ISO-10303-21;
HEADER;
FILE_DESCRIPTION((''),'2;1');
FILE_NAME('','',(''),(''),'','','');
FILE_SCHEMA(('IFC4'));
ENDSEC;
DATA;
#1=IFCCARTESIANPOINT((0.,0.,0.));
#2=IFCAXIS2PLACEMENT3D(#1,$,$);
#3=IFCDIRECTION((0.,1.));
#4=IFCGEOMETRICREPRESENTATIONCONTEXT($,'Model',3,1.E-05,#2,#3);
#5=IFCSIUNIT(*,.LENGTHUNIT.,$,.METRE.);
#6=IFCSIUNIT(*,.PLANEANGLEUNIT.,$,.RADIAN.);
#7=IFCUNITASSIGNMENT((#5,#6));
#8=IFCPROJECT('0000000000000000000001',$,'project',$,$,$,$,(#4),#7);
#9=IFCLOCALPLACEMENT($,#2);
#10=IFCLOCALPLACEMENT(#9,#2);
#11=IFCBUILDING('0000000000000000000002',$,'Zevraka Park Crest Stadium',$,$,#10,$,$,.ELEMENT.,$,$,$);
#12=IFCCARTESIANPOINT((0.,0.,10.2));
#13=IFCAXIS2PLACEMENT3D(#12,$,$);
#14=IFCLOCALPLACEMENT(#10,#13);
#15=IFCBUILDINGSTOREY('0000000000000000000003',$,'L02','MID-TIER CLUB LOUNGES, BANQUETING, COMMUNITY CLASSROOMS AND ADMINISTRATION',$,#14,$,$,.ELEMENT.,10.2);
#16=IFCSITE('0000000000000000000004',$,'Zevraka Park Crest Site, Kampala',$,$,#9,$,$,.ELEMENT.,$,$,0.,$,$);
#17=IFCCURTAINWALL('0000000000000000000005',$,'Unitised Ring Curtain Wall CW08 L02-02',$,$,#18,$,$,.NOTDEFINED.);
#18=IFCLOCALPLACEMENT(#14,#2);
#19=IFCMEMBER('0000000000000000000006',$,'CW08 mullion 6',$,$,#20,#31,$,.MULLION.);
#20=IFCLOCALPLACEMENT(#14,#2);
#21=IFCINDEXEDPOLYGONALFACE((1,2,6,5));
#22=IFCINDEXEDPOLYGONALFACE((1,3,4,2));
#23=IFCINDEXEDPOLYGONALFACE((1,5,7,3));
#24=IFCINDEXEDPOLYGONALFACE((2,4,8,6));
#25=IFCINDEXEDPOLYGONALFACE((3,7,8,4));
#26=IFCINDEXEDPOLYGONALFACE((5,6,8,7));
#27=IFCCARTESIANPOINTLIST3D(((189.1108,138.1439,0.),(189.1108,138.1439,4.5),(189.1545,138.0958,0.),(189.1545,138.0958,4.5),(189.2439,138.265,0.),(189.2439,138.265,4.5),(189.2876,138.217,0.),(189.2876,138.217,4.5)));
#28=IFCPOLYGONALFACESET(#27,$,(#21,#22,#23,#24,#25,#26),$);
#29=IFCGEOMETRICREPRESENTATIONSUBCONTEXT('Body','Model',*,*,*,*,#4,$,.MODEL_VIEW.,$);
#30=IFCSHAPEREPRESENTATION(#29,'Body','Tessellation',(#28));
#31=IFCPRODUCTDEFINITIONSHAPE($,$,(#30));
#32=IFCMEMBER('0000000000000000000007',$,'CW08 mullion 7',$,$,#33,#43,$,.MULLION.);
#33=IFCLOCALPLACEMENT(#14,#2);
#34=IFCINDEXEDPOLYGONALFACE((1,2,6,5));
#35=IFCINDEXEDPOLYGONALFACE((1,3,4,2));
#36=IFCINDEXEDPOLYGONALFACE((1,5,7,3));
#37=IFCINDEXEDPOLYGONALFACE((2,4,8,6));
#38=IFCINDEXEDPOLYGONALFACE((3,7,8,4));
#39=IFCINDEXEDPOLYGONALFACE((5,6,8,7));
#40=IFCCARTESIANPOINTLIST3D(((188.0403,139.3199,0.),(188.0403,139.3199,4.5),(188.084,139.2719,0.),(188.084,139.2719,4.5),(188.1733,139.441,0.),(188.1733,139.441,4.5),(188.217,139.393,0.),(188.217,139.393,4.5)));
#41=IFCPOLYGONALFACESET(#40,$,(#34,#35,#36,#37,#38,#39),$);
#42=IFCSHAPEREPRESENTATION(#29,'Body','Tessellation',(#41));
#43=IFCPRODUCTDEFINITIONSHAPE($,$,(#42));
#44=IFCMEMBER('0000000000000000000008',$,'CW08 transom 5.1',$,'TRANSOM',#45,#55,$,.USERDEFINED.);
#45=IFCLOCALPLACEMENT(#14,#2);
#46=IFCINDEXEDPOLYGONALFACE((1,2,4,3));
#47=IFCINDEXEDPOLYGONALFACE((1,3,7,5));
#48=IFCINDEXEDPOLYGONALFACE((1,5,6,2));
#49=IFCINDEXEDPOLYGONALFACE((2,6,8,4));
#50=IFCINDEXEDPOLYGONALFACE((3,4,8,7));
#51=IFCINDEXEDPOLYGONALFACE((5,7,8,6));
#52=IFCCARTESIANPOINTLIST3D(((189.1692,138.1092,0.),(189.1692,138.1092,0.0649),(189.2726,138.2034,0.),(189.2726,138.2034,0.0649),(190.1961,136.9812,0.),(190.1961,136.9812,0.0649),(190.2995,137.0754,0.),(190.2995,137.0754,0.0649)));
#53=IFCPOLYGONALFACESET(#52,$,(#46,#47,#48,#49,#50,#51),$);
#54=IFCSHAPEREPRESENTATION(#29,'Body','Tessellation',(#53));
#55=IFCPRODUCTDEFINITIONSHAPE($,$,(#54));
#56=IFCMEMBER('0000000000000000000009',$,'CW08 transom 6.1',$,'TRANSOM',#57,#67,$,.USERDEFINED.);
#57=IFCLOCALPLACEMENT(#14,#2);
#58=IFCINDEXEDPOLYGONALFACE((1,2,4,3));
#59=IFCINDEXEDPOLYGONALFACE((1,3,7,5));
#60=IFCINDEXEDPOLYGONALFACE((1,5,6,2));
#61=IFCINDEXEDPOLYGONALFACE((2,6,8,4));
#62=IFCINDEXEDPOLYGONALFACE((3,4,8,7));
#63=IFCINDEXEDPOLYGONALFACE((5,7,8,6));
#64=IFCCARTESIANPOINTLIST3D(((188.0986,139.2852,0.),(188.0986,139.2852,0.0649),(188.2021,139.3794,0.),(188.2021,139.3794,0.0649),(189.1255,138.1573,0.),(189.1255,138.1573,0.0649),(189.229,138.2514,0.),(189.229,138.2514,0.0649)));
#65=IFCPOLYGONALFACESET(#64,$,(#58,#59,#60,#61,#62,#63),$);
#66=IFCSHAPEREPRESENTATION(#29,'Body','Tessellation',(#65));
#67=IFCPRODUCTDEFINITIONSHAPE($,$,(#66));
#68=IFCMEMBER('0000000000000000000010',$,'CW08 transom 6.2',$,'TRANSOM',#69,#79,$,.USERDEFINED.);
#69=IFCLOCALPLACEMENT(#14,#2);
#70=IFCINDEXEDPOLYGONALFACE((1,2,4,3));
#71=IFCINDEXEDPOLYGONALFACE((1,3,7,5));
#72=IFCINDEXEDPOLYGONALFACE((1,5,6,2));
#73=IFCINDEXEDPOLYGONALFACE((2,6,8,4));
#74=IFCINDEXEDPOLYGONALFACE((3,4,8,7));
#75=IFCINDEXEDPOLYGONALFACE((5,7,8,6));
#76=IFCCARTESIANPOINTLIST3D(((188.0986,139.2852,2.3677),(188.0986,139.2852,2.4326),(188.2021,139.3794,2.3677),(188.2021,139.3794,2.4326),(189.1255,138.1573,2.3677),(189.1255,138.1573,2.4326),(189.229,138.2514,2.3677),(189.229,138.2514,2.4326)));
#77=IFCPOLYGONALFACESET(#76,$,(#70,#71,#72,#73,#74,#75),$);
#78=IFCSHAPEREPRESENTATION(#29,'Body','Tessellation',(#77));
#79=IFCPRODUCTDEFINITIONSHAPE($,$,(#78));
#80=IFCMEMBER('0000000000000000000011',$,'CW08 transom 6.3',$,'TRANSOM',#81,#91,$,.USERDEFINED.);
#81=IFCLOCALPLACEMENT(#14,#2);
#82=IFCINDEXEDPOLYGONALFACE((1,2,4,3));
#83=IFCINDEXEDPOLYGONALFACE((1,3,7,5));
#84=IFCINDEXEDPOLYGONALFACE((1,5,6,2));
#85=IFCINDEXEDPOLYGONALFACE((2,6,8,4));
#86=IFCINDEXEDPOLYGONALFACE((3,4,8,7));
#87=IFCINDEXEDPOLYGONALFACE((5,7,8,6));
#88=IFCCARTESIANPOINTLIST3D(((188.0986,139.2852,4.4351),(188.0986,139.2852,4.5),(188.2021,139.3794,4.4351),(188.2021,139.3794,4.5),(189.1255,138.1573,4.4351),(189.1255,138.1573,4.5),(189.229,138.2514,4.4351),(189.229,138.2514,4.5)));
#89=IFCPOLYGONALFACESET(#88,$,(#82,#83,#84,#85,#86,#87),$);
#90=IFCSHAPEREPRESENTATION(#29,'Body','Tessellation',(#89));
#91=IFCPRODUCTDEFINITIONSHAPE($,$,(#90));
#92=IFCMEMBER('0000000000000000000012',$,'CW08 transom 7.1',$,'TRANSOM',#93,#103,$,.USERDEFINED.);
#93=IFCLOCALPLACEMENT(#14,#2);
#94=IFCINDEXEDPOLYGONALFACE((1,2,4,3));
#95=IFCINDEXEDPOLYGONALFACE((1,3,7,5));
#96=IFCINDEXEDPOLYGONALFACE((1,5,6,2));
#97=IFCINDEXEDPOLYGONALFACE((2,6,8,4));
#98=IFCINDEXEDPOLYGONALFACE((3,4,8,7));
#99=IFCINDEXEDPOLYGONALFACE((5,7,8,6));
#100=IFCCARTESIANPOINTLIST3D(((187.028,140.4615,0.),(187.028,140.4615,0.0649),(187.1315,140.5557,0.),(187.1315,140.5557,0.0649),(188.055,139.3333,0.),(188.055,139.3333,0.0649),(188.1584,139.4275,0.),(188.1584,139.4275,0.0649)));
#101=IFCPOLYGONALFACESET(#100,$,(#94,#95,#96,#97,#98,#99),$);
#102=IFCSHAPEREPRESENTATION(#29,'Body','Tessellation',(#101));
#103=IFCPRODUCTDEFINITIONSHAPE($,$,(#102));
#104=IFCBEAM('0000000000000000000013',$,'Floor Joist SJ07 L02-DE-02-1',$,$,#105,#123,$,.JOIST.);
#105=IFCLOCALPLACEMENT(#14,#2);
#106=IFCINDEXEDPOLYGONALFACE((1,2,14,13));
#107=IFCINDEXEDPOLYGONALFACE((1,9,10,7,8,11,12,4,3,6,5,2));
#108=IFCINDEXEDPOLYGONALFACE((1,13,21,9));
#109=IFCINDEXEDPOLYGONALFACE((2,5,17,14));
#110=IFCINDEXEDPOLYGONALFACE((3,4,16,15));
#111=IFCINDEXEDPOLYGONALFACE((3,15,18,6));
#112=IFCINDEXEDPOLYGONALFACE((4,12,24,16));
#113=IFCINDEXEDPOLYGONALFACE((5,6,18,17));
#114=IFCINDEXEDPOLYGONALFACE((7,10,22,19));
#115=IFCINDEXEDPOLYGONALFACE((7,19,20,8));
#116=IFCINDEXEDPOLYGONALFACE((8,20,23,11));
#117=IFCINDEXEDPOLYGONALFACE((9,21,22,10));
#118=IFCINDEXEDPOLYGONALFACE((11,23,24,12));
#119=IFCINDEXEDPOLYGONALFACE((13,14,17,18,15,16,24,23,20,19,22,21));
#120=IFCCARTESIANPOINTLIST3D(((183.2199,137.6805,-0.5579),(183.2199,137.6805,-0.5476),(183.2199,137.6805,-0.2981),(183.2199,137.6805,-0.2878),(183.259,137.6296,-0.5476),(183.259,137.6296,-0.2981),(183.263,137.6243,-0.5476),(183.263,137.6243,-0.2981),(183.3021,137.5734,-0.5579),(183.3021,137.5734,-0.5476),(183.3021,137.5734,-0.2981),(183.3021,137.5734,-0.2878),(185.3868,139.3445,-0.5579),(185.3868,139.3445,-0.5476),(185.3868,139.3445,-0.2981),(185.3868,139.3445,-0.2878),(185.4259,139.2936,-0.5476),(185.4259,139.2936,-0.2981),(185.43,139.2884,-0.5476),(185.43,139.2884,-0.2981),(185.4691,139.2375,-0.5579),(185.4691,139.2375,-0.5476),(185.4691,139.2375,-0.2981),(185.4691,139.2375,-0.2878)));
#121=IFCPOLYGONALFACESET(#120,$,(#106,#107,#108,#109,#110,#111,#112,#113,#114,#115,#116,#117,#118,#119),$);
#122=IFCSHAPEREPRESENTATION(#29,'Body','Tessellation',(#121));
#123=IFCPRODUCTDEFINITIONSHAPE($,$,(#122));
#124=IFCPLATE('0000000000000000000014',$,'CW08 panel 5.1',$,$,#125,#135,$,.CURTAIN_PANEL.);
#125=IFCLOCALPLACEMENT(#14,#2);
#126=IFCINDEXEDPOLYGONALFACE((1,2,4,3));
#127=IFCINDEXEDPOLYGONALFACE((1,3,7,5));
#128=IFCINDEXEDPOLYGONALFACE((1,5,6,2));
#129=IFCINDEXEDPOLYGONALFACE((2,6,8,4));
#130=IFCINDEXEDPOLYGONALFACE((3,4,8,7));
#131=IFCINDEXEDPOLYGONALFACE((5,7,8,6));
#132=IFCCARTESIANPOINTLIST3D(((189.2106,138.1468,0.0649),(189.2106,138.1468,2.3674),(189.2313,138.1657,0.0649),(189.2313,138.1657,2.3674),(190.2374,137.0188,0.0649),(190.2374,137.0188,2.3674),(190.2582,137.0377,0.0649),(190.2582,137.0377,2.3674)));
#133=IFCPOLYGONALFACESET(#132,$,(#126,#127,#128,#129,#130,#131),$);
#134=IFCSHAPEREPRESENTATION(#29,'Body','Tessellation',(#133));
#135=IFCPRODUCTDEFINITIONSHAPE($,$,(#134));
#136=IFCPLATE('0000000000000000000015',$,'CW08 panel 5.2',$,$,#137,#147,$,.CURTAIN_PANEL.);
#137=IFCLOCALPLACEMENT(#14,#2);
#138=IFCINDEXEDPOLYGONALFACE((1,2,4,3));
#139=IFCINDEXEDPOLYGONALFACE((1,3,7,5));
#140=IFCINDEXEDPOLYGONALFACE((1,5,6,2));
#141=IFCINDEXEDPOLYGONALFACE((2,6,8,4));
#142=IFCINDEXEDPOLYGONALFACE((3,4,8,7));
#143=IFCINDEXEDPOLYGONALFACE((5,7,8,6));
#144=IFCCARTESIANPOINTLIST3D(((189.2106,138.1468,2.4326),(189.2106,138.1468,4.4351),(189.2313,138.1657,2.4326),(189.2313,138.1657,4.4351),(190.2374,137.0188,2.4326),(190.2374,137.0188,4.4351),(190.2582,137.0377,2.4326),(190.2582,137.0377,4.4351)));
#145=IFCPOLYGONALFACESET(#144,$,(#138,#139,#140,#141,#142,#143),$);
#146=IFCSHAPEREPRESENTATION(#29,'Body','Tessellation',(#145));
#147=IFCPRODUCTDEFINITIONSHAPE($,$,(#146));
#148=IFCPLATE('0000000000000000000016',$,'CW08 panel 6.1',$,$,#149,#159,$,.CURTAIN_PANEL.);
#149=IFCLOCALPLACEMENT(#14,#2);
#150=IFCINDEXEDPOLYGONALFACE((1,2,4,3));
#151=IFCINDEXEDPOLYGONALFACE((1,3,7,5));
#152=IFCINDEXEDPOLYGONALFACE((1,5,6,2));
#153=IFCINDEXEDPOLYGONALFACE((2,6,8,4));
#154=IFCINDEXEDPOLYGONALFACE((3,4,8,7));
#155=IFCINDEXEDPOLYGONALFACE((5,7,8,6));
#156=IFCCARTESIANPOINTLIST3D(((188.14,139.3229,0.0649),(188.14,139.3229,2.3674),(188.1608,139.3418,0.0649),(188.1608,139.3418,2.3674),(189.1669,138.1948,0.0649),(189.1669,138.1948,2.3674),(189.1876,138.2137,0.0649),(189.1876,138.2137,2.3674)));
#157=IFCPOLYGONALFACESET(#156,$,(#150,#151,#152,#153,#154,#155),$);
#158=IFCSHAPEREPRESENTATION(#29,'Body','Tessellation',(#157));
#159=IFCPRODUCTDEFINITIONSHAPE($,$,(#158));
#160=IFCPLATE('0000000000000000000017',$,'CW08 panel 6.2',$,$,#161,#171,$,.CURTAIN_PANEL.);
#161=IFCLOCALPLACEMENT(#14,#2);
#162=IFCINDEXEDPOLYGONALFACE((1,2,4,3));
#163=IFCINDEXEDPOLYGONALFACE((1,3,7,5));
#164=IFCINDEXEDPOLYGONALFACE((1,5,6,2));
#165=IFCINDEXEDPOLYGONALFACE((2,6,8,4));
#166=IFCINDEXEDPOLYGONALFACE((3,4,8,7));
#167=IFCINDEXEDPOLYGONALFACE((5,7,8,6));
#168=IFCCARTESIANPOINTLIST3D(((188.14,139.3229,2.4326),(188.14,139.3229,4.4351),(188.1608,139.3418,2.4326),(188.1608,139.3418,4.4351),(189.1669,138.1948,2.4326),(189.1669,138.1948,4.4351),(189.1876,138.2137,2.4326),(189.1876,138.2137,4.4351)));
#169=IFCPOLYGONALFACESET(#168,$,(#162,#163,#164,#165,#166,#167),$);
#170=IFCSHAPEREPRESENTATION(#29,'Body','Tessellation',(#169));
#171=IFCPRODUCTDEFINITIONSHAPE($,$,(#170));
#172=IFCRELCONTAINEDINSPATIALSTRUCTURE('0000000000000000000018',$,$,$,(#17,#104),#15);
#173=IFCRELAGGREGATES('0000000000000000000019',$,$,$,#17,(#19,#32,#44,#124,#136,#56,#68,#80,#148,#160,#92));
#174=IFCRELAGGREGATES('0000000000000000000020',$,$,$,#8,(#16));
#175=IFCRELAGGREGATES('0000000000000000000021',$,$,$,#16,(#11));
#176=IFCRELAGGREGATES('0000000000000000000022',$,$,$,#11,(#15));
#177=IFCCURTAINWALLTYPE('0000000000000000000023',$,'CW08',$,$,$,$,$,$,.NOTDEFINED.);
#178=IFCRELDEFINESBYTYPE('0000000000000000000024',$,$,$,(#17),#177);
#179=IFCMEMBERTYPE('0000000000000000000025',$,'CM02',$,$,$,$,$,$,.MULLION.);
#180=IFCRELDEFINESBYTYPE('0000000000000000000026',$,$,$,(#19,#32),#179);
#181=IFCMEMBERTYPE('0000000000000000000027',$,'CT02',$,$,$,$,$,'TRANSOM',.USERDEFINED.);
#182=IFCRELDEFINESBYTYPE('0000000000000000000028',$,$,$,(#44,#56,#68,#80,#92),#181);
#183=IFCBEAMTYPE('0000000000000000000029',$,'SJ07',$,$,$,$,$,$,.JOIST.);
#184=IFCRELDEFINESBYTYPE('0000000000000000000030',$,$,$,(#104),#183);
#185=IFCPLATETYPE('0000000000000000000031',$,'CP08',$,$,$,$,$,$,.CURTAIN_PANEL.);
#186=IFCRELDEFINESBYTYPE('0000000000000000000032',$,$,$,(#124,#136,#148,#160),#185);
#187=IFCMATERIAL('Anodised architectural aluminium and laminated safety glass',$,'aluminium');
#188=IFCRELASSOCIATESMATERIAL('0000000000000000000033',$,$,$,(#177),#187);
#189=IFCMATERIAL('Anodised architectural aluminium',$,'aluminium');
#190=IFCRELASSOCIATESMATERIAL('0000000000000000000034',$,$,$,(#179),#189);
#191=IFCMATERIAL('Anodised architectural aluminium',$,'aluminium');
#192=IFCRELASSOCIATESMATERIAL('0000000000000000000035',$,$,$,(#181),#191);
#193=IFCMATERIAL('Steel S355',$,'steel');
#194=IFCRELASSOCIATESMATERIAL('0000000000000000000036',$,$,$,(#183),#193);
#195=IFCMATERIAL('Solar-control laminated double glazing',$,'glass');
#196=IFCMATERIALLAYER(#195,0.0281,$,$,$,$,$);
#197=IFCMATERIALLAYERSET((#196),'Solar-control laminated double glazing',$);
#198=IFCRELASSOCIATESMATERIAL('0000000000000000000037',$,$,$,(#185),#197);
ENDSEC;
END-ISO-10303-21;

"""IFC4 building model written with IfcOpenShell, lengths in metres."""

from ifc_helpers import new_model, si_unit, direction, frame, origin, origin_2d, place, context, subcontext, project, spatial, rectangle, i_section, extrude, material, layer, layer_set, material_profile, profile_set, type_object, element, aggregate, save


model = new_model("IFC4")

# Units and contexts
model_context = context("Model", 3, precision=1e-05, world=origin(), true_north=direction((0.0, 1.0)))
body_context = subcontext(model_context, "Body", "Model", "MODEL_VIEW")
ifc_project = project(units=[si_unit("LENGTHUNIT", "METRE"), si_unit("PLANEANGLEUNIT", "RADIAN")], contexts=[model_context])

# Site, building, storey
site_placement = place(None, origin())
site = spatial("IfcSite", under=ifc_project, at=site_placement, Name="Zevraka Park Crest Site, Kampala", CompositionType="ELEMENT", RefElevation=0.0)
building_placement = place(site_placement, origin())
building = spatial("IfcBuilding", under=site, at=building_placement, Name="Zevraka Park Crest Stadium", CompositionType="ELEMENT")
storey_placement = place(building_placement, frame((0.0, 0.0, 10.2)))
storey = spatial("IfcBuildingStorey", under=building, at=storey_placement, Name="L02", Description="MID-TIER CLUB LOUNGES, BANQUETING, COMMUNITY CLASSROOMS AND ADMINISTRATION", CompositionType="ELEMENT", Elevation=10.2)

# Curtain wall, members
ifc_material_1 = material(Name="Anodised architectural aluminium and laminated safety glass", Category="aluminium")
curtain_wall_type = type_object("IfcCurtainWallType", Name="CW08", PredefinedType="NOTDEFINED", material=ifc_material_1)
curtain_wall_placement = place(storey_placement, origin())
curtain_wall = element("IfcCurtainWall", 1, at=curtain_wall_placement, inside=storey, type_object=curtain_wall_type, Name="Unitised Ring Curtain Wall CW08 L02-02", PredefinedType="NOTDEFINED")
ifc_material_2 = material(Name="Anodised architectural aluminium", Category="aluminium")
ifc_material_profile_1 = material_profile(ifc_material_2, rectangle(XDim=0.1799, YDim=0.0649, at=origin_2d()), Name="ALU MULLION 180x65")
ifc_profile_set_1 = profile_set([ifc_material_profile_1], Name="Anodised architectural aluminium")
member_type_1 = type_object("IfcMemberType", Name="CM02", PredefinedType="MULLION", material=ifc_profile_set_1)
member_1_placement = place(storey_placement, frame((189.1992, 138.1804, 0.0), z_axis=(0.0, 0.0, 1.0), x_axis=(-0.739497, -0.67316, 0.0)))
member_1 = element("IfcMember", 2, at=member_1_placement, type_object=member_type_1, Name="CW08 mullion 6", PredefinedType="MULLION", context=body_context, shape_type="SweptSolid", body=[
    extrude(rectangle(XDim=0.1799, YDim=0.0649, at=origin_2d()), origin(), (0.0, 0.0, 1.0), 4.5),
])
member_2_placement = place(storey_placement, frame((188.1287, 139.3564, 0.0), z_axis=(0.0, 0.0, 1.0), x_axis=(-0.739497, -0.67316, 0.0)))
member_2 = element("IfcMember", 3, at=member_2_placement, type_object=member_type_1, Name="CW08 mullion 7", PredefinedType="MULLION", context=body_context, shape_type="SweptSolid", body=[
    extrude(rectangle(XDim=0.1799, YDim=0.0649, at=origin_2d()), origin(), (0.0, 0.0, 1.0), 4.5),
])
ifc_material_3 = material(Name="Anodised architectural aluminium", Category="aluminium")
ifc_material_profile_2 = material_profile(ifc_material_3, rectangle(XDim=0.1399, YDim=0.0649, at=origin_2d()), Name="ALU TRANSOM 140x65")
ifc_profile_set_2 = profile_set([ifc_material_profile_2], Name="Anodised architectural aluminium")
member_type_2 = type_object("IfcMemberType", Name="CT02", ElementType="TRANSOM", PredefinedType="USERDEFINED", material=ifc_profile_set_2)
member_3_placement = place(storey_placement, frame((190.2478, 137.0283, 0.0325), z_axis=(-0.673198, 0.739462, 0.0), x_axis=(-0.739462, -0.673198, 0.0)))
member_3 = element("IfcMember", 4, at=member_3_placement, type_object=member_type_2, Name="CW08 transom 5.1", ObjectType="TRANSOM", PredefinedType="USERDEFINED", context=body_context, shape_type="SweptSolid", body=[
    extrude(rectangle(XDim=0.1399, YDim=0.0649, at=origin_2d()), origin(), (0.0, 0.0, 1.0), 1.5254),
])
member_4_placement = place(storey_placement, frame((189.1772, 138.2043, 0.0325), z_axis=(-0.673198, 0.739462, 0.0), x_axis=(-0.739462, -0.673198, 0.0)))
member_4 = element("IfcMember", 5, at=member_4_placement, type_object=member_type_2, Name="CW08 transom 6.1", ObjectType="TRANSOM", PredefinedType="USERDEFINED", context=body_context, shape_type="SweptSolid", body=[
    extrude(rectangle(XDim=0.1399, YDim=0.0649, at=origin_2d()), origin(), (0.0, 0.0, 1.0), 1.5254),
])
member_5_placement = place(storey_placement, frame((189.1772, 138.2043, 2.4001), z_axis=(-0.673198, 0.739462, 0.0), x_axis=(-0.739462, -0.673198, 0.0)))
member_5 = element("IfcMember", 6, at=member_5_placement, type_object=member_type_2, Name="CW08 transom 6.2", ObjectType="TRANSOM", PredefinedType="USERDEFINED", context=body_context, shape_type="SweptSolid", body=[
    extrude(rectangle(XDim=0.1399, YDim=0.0649, at=origin_2d()), origin(), (0.0, 0.0, 1.0), 1.5254),
])
member_6_placement = place(storey_placement, frame((189.1772, 138.2043, 4.4675), z_axis=(-0.673198, 0.739462, 0.0), x_axis=(-0.739462, -0.673198, 0.0)))
member_6 = element("IfcMember", 7, at=member_6_placement, type_object=member_type_2, Name="CW08 transom 6.3", ObjectType="TRANSOM", PredefinedType="USERDEFINED", context=body_context, shape_type="SweptSolid", body=[
    extrude(rectangle(XDim=0.1399, YDim=0.0649, at=origin_2d()), origin(), (0.0, 0.0, 1.0), 1.5254),
])
member_7_placement = place(storey_placement, frame((188.1067, 139.3804, 0.0325), z_axis=(-0.673119, 0.739534, 0.0), x_axis=(-0.739534, -0.673119, 0.0)))
member_7 = element("IfcMember", 8, at=member_7_placement, type_object=member_type_2, Name="CW08 transom 7.1", ObjectType="TRANSOM", PredefinedType="USERDEFINED", context=body_context, shape_type="SweptSolid", body=[
    extrude(rectangle(XDim=0.1399, YDim=0.0649, at=origin_2d()), origin(), (0.0, 0.0, 1.0), 1.5256),
])

# Beam
ifc_material_4 = material(Name="Steel S355", Category="steel")
ifc_material_profile_3 = material_profile(ifc_material_4, i_section(OverallWidth=0.135, OverallDepth=0.27, WebThickness=0.0066, FlangeThickness=0.0103, at=origin_2d()), Name="IPE 270")
ifc_profile_set_3 = profile_set([ifc_material_profile_3], Name="Steel S355")
beam_type = type_object("IfcBeamType", Name="SJ07", PredefinedType="JOIST", material=ifc_profile_set_3)
beam_placement = place(storey_placement, frame((183.261, 137.627, -0.4229), z_axis=(0.793129, 0.609054, 0.0), x_axis=(-0.609054, 0.793129, 0.0)))
element("IfcBeam", 9, at=beam_placement, inside=storey, type_object=beam_type, Name="Floor Joist SJ07 L02-DE-02-1", PredefinedType="JOIST", context=body_context, shape_type="SweptSolid", body=[
    extrude(i_section(OverallWidth=0.135, OverallDepth=0.27, WebThickness=0.0066, FlangeThickness=0.0103, at=origin_2d()), origin(), (0.0, 0.0, 1.0), 2.7322),
])

# Plates
ifc_material_5 = material(Name="Solar-control laminated double glazing", Category="glass")
ifc_layer_1 = layer(ifc_material_5, 0.0281)
ifc_layer_set_1 = layer_set([ifc_layer_1], Name="Solar-control laminated double glazing")
plate_type = type_object("IfcPlateType", Name="CP08", PredefinedType="CURTAIN_PANEL", material=ifc_layer_set_1)
plate_1_placement = place(storey_placement, frame((189.7344, 137.5923, 0.0649), z_axis=(0.0, 0.0, 1.0), x_axis=(-0.67316, 0.739497, 0.0)))
plate_1 = element("IfcPlate", 10, at=plate_1_placement, type_object=plate_type, Name="CW08 panel 5.1", PredefinedType="CURTAIN_PANEL", context=body_context, shape_type="SweptSolid", body=[
    extrude(rectangle(XDim=1.5254, YDim=0.0281, at=origin_2d()), origin(), (0.0, 0.0, 1.0), 2.3025),
])
plate_2_placement = place(storey_placement, frame((189.7344, 137.5923, 2.4326), z_axis=(0.0, 0.0, 1.0), x_axis=(-0.67316, 0.739497, 0.0)))
plate_2 = element("IfcPlate", 11, at=plate_2_placement, type_object=plate_type, Name="CW08 panel 5.2", PredefinedType="CURTAIN_PANEL", context=body_context, shape_type="SweptSolid", body=[
    extrude(rectangle(XDim=1.5254, YDim=0.0281, at=origin_2d()), origin(), (0.0, 0.0, 1.0), 2.0024),
])
plate_3_placement = place(storey_placement, frame((188.6638, 138.7683, 0.0649), z_axis=(0.0, 0.0, 1.0), x_axis=(-0.67316, 0.739497, 0.0)))
plate_3 = element("IfcPlate", 12, at=plate_3_placement, type_object=plate_type, Name="CW08 panel 6.1", PredefinedType="CURTAIN_PANEL", context=body_context, shape_type="SweptSolid", body=[
    extrude(rectangle(XDim=1.5254, YDim=0.0281, at=origin_2d()), origin(), (0.0, 0.0, 1.0), 2.3025),
])
plate_4_placement = place(storey_placement, frame((188.6638, 138.7683, 2.4326), z_axis=(0.0, 0.0, 1.0), x_axis=(-0.67316, 0.739497, 0.0)))
plate_4 = element("IfcPlate", 13, at=plate_4_placement, type_object=plate_type, Name="CW08 panel 6.2", PredefinedType="CURTAIN_PANEL", context=body_context, shape_type="SweptSolid", body=[
    extrude(rectangle(XDim=1.5254, YDim=0.0281, at=origin_2d()), origin(), (0.0, 0.0, 1.0), 2.0024),
])
aggregate(curtain_wall, [member_1, member_2, member_3, plate_1, plate_2, member_4, member_5, member_6, plate_3, plate_4, member_7])

save(model, "model.ifc")
